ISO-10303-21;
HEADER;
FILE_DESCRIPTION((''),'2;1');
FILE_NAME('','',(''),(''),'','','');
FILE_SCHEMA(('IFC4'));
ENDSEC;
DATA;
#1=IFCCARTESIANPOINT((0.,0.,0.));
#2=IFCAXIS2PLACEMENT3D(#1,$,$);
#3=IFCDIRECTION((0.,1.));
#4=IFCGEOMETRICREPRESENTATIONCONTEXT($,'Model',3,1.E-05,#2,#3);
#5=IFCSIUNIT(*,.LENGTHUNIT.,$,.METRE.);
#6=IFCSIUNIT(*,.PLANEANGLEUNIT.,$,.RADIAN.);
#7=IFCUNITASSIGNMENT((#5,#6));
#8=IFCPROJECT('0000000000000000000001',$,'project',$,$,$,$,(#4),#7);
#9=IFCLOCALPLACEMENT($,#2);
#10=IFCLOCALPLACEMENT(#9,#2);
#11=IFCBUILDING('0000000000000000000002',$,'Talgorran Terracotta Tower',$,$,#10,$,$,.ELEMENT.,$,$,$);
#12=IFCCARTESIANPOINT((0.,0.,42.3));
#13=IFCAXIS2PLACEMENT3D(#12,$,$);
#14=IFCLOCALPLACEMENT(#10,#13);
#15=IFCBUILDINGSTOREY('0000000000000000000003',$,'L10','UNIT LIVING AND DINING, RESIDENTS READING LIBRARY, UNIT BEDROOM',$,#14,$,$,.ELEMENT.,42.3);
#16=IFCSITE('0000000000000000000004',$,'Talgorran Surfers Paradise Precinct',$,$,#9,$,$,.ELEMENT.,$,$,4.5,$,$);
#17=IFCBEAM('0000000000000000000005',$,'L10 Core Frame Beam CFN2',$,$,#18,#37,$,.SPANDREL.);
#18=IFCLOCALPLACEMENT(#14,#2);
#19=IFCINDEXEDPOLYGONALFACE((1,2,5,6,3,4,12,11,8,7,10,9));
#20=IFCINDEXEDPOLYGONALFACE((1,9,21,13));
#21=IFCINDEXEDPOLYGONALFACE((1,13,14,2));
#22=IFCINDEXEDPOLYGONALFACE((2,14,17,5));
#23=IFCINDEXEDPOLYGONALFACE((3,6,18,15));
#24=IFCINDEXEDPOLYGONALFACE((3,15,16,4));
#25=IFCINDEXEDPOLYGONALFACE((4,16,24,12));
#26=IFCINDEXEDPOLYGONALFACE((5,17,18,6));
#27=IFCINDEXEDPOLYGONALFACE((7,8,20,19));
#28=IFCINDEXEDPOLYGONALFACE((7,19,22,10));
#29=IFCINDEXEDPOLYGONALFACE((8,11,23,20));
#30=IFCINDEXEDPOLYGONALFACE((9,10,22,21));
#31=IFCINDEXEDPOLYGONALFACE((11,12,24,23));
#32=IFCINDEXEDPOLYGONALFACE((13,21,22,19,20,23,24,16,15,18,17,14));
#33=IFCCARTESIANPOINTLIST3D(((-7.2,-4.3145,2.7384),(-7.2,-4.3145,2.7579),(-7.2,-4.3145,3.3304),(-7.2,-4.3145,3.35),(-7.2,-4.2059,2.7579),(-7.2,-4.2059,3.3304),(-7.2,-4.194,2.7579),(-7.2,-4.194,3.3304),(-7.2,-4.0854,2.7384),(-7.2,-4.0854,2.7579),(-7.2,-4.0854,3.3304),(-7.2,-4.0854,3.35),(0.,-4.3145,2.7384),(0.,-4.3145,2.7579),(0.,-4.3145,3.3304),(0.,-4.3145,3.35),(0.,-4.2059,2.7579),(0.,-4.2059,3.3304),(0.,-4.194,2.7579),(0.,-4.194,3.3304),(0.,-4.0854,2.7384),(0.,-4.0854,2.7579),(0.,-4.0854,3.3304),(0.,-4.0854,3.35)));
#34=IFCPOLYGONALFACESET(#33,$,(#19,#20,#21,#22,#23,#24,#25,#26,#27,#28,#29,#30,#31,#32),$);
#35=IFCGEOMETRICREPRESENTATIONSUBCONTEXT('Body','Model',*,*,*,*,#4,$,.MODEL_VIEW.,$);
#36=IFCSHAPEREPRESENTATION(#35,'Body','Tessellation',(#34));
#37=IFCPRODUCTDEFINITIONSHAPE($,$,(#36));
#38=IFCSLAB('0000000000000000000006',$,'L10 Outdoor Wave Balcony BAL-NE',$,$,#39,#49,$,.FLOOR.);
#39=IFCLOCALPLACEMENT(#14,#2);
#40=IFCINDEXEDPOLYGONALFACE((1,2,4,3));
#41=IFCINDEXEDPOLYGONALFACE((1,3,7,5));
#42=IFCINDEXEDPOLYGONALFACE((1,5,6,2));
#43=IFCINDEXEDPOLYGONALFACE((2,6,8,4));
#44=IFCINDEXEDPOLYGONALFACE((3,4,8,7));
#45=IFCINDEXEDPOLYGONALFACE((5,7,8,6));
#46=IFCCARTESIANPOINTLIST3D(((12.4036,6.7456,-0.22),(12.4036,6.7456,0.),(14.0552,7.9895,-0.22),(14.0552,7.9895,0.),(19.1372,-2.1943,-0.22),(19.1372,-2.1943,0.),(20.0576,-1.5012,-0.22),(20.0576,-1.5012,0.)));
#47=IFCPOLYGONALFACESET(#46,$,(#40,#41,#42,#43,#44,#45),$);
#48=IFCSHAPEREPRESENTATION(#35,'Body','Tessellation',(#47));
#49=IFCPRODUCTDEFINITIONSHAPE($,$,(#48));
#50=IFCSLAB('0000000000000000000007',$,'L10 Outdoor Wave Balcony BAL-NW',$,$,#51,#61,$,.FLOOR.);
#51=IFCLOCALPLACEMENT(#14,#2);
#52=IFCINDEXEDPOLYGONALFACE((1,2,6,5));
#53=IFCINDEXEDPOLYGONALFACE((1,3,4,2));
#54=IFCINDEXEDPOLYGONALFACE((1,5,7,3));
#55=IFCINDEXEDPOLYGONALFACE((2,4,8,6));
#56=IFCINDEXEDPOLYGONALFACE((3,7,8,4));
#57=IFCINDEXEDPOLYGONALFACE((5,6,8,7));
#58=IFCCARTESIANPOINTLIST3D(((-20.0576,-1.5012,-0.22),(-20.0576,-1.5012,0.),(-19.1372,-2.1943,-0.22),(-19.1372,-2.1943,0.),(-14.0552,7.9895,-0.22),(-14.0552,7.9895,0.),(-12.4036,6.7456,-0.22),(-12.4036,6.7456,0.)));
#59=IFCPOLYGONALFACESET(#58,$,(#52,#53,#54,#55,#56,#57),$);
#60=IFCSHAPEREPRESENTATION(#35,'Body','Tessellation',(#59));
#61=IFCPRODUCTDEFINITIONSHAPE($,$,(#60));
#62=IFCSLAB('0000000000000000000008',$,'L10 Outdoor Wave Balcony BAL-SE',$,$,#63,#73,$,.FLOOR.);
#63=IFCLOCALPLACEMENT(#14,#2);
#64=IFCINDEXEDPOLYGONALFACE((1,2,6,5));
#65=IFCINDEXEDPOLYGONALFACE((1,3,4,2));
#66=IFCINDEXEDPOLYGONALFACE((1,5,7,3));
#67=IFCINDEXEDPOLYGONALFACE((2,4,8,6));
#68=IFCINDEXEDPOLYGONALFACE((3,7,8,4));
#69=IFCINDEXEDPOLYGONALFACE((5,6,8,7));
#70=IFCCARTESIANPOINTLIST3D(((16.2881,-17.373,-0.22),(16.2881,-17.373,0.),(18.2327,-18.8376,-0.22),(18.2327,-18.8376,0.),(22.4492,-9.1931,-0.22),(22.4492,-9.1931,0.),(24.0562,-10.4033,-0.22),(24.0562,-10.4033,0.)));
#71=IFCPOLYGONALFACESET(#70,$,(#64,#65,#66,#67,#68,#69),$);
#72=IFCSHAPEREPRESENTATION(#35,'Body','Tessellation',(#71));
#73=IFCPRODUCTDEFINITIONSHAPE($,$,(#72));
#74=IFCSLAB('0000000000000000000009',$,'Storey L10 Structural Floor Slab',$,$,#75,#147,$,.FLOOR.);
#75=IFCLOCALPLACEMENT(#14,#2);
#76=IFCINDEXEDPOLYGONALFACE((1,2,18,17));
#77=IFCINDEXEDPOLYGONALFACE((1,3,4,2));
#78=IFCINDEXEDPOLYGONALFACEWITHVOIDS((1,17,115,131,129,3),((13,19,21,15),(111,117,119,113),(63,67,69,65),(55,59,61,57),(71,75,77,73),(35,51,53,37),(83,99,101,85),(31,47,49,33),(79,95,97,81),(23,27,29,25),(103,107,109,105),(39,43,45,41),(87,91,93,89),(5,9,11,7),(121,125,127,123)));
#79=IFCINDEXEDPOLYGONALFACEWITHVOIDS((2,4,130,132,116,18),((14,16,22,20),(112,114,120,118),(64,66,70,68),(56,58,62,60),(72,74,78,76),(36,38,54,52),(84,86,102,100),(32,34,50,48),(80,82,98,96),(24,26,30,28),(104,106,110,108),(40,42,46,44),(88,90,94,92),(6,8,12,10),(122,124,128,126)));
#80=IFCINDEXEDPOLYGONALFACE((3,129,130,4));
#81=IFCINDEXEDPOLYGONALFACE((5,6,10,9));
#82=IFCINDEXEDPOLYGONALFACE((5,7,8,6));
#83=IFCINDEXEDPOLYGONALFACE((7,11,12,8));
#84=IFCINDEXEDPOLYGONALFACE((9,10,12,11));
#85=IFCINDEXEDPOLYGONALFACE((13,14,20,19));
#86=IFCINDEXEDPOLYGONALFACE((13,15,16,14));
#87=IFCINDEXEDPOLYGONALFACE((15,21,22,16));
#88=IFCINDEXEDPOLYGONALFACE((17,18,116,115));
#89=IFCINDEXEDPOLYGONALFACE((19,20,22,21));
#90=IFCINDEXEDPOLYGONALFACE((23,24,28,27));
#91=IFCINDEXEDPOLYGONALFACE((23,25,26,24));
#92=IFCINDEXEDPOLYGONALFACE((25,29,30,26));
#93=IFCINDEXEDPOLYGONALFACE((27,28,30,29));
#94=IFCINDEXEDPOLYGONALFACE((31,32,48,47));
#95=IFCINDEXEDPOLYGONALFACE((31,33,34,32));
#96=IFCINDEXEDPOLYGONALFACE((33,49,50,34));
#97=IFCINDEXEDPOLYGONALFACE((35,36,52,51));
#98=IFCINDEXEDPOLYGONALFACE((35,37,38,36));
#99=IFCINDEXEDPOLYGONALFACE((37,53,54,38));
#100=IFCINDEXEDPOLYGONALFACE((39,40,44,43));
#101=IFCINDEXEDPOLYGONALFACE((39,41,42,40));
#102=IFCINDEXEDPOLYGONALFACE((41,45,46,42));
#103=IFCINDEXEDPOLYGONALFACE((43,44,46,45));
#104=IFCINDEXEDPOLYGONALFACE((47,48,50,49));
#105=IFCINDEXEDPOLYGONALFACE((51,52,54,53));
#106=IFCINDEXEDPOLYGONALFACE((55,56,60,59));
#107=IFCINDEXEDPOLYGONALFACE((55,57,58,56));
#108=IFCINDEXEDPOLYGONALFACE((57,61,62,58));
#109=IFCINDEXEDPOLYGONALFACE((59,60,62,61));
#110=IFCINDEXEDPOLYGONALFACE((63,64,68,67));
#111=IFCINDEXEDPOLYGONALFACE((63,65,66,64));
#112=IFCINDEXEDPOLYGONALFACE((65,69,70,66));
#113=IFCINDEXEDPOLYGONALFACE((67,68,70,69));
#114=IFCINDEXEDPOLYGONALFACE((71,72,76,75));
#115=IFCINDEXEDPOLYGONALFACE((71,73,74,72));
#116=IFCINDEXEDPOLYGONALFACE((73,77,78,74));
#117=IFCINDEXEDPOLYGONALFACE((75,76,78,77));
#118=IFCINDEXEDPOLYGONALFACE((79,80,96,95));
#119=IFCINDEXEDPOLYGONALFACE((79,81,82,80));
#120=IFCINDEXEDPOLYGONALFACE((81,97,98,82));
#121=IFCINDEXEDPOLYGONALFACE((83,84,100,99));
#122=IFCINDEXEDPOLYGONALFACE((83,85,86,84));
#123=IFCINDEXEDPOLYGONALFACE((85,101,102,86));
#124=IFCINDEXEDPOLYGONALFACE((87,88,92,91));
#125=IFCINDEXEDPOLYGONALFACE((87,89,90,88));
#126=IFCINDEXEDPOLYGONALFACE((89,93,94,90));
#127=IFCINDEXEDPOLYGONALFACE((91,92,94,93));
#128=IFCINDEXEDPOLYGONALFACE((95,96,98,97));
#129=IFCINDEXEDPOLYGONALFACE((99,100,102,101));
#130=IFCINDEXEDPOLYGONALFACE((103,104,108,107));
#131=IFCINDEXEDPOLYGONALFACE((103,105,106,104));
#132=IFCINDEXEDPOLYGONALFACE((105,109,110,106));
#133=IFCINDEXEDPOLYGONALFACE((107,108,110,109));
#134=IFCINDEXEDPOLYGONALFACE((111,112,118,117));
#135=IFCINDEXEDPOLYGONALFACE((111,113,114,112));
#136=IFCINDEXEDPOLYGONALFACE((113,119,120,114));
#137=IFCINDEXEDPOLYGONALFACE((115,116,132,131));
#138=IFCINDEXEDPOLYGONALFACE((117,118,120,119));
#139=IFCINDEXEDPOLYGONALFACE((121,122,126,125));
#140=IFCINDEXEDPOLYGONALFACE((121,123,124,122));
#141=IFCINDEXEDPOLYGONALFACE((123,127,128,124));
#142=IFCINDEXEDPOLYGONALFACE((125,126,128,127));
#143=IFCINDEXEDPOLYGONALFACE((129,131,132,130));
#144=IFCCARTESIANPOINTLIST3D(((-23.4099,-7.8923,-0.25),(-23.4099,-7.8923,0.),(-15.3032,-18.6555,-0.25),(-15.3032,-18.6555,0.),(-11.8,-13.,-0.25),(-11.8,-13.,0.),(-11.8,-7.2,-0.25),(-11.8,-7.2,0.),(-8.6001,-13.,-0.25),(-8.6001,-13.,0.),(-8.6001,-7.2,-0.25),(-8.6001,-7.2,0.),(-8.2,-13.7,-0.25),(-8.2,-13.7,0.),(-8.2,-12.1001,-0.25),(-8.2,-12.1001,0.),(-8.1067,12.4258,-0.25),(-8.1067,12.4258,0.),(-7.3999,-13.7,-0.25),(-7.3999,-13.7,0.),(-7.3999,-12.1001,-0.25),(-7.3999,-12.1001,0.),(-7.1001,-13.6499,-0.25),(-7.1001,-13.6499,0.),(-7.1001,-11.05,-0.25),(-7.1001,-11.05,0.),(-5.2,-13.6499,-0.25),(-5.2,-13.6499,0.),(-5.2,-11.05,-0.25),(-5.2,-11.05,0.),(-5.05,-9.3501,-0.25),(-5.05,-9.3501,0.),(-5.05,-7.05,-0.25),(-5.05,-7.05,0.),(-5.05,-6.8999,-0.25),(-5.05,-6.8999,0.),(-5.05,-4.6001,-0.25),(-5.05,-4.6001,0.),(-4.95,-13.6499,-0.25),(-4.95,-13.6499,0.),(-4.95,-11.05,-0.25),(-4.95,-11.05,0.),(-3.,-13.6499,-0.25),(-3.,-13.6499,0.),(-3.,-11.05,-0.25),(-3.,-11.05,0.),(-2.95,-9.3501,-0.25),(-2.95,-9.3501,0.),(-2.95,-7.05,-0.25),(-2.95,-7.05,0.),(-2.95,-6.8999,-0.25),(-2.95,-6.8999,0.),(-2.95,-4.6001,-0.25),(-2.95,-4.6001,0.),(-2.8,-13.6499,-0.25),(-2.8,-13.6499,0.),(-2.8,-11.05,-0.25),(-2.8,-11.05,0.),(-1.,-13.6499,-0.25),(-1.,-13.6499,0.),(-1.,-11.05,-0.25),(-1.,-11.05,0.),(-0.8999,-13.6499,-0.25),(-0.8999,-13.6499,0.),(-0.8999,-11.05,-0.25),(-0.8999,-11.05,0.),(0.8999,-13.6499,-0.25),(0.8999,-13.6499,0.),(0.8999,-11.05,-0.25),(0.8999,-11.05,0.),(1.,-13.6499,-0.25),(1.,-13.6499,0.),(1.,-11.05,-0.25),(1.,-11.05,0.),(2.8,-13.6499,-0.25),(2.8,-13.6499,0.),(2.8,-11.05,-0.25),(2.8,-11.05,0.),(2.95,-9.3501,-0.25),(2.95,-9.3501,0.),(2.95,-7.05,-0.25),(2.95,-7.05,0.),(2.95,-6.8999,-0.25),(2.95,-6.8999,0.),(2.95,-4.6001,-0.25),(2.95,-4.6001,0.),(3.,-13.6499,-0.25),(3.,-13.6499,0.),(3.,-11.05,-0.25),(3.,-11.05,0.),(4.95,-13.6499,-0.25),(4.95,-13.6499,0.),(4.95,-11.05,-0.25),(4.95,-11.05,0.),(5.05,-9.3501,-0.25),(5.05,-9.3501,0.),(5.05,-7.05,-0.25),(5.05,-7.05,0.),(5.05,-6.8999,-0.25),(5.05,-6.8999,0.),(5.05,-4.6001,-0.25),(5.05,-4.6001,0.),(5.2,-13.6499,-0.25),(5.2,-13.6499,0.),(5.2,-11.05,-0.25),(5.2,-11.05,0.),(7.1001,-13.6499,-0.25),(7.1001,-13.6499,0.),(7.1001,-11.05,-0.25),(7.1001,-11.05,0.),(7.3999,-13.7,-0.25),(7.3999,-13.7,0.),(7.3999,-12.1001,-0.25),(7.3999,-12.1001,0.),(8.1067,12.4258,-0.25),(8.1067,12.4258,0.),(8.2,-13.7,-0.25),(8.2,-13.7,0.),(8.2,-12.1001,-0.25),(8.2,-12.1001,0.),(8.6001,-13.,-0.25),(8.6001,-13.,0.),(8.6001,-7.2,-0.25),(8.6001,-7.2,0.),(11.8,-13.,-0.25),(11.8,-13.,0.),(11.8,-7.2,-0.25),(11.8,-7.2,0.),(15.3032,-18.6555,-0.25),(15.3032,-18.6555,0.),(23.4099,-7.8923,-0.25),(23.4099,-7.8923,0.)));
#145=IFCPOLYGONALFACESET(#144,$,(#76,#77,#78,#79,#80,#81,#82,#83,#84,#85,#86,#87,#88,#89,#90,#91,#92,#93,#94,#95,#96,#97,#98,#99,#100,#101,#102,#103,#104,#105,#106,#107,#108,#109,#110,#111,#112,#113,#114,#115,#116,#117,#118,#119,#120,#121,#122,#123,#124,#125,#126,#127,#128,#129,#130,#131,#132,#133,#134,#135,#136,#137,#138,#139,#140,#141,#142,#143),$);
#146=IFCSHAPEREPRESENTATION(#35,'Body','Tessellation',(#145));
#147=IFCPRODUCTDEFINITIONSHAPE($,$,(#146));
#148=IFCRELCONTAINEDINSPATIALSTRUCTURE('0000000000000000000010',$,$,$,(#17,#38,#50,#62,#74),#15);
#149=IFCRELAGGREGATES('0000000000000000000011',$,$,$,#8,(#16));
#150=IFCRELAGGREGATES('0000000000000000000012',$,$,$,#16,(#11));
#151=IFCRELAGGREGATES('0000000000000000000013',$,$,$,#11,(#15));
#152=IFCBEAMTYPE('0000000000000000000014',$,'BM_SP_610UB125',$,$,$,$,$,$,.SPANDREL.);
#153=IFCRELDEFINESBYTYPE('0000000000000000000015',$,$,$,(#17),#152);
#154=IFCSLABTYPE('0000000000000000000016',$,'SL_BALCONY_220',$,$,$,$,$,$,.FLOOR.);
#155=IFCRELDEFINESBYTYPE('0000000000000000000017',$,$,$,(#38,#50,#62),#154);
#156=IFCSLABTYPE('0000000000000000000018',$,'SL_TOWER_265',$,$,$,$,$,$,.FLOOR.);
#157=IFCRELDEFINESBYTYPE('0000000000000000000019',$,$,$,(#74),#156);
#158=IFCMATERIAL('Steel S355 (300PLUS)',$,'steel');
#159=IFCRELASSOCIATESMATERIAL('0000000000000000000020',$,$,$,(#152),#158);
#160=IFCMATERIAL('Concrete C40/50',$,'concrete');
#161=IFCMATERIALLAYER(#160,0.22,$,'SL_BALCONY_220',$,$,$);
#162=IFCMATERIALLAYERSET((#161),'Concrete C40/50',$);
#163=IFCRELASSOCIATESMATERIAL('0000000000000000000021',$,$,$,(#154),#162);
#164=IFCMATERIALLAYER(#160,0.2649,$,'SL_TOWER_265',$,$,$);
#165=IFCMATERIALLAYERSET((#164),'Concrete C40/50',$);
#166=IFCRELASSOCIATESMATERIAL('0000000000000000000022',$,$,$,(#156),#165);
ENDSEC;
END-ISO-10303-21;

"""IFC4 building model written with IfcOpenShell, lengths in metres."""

from ifc_helpers import new_model, si_unit, direction, frame, origin, origin_2d, place, context, subcontext, project, spatial, polyline, i_section, outline, extrude, material, layer, layer_set, material_profile, profile_set, type_object, element, save


model = new_model("IFC4")

# Units and contexts
model_context = context("Model", 3, precision=1e-05, world=origin(), true_north=direction((0.0, 1.0)))
body_context = subcontext(model_context, "Body", "Model", "MODEL_VIEW")
ifc_project = project(units=[si_unit("LENGTHUNIT", "METRE"), si_unit("PLANEANGLEUNIT", "RADIAN")], contexts=[model_context])

# Site, building, storey
site_placement = place(None, origin())
site = spatial("IfcSite", under=ifc_project, at=site_placement, Name="Talgorran Surfers Paradise Precinct", CompositionType="ELEMENT", RefElevation=4.5)
building_placement = place(site_placement, origin())
building = spatial("IfcBuilding", under=site, at=building_placement, Name="Talgorran Terracotta Tower", CompositionType="ELEMENT")
storey_placement = place(building_placement, frame((0.0, 0.0, 42.3)))
storey = spatial("IfcBuildingStorey", under=building, at=storey_placement, Name="L10", Description="UNIT LIVING AND DINING, RESIDENTS READING LIBRARY, UNIT BEDROOM", CompositionType="ELEMENT", Elevation=42.3)

# Shared definitions
ifc_material_1 = material(Name="Steel S355 (300PLUS)", Category="steel")

# Beam
ifc_material_profile_1 = material_profile(ifc_material_1, i_section(OverallWidth=0.229, OverallDepth=0.6116, WebThickness=0.012, FlangeThickness=0.0195, at=origin_2d()), Name="610UB125")
ifc_profile_set_1 = profile_set([ifc_material_profile_1], Name="Steel S355 (300PLUS)")
beam_type_1 = type_object("IfcBeamType", Name="BM_SP_610UB125", PredefinedType="SPANDREL", material=ifc_profile_set_1)
beam_1_placement = place(storey_placement, frame((-7.2, -4.2, 3.0442), z_axis=(1.0, 0.0, 0.0), x_axis=(0.0, 1.0, 0.0)))
element("IfcBeam", 1, at=beam_1_placement, inside=storey, type_object=beam_type_1, Name="L10 Core Frame Beam CFN2", PredefinedType="SPANDREL", context=body_context, shape_type="SweptSolid", body=[
    extrude(i_section(OverallWidth=0.229, OverallDepth=0.6116, WebThickness=0.012, FlangeThickness=0.0195, at=origin_2d()), origin(), (0.0, 0.0, 1.0), 7.2),
])

# Slabs
ifc_material_2 = material(Name="Concrete C40/50", Category="concrete")
ifc_layer_1 = layer(ifc_material_2, 0.22, Name="SL_BALCONY_220")
ifc_layer_set_1 = layer_set([ifc_layer_1], Name="Concrete C40/50")
slab_type_1 = type_object("IfcSlabType", Name="SL_BALCONY_220", PredefinedType="FLOOR", material=ifc_layer_set_1)
slab_1_placement = place(storey_placement, frame((0.0, 0.0, -0.22)))
element("IfcSlab", 2, at=slab_1_placement, inside=storey, type_object=slab_type_1, Name="L10 Outdoor Wave Balcony BAL-NE", PredefinedType="FLOOR", context=body_context, shape_type="SweptSolid", body=[
    extrude(outline(polyline([(12.4036, 6.7456), (19.1372, -2.1943), (20.0576, -1.5012), (14.0552, 7.9895), (12.4036, 6.7456)])), origin(), (0.0, 0.0, 1.0), 0.22),
])
slab_2_placement = place(storey_placement, frame((0.0, 0.0, -0.22)))
element("IfcSlab", 3, at=slab_2_placement, inside=storey, type_object=slab_type_1, Name="L10 Outdoor Wave Balcony BAL-NW", PredefinedType="FLOOR", context=body_context, shape_type="SweptSolid", body=[
    extrude(outline(polyline([(-19.1372, -2.1943), (-12.4036, 6.7456), (-14.0552, 7.9895), (-20.0576, -1.5012), (-19.1372, -2.1943)])), origin(), (0.0, 0.0, 1.0), 0.22),
])
slab_3_placement = place(storey_placement, frame((0.0, 0.0, -0.22)))
element("IfcSlab", 4, at=slab_3_placement, inside=storey, type_object=slab_type_1, Name="L10 Outdoor Wave Balcony BAL-SE", PredefinedType="FLOOR", context=body_context, shape_type="SweptSolid", body=[
    extrude(outline(polyline([(22.4492, -9.1931), (16.2881, -17.373), (18.2327, -18.8376), (24.0562, -10.4033), (22.4492, -9.1931)])), origin(), (0.0, 0.0, 1.0), 0.22),
])
ifc_layer_2 = layer(ifc_material_2, 0.2649, Name="SL_TOWER_265")
ifc_layer_set_2 = layer_set([ifc_layer_2], Name="Concrete C40/50")
slab_type_2 = type_object("IfcSlabType", Name="SL_TOWER_265", PredefinedType="FLOOR", material=ifc_layer_set_2)
slab_4_placement = place(storey_placement, frame((0.0, 0.0, -0.25)))
element("IfcSlab", 5, at=slab_4_placement, inside=storey, type_object=slab_type_2, Name="Storey L10 Structural Floor Slab", PredefinedType="FLOOR", context=body_context, shape_type="SweptSolid", body=[
    extrude(outline(polyline([(-23.4099, -7.8923), (-15.3032, -18.6555), (15.3032, -18.6555), (23.4099, -7.8923), (8.1067, 12.4258), (-8.1067, 12.4258), (-23.4099, -7.8923)]), holes=[polyline([(-11.8, -7.2), (-11.8, -13.0), (-8.6001, -13.0), (-8.6001, -7.2), (-11.8, -7.2)]), polyline([(8.6001, -7.2), (8.6001, -13.0), (11.8, -13.0), (11.8, -7.2), (8.6001, -7.2)]), polyline([(-7.1001, -13.6499), (-5.2, -13.6499), (-5.2, -11.05), (-7.1001, -11.05), (-7.1001, -13.6499)]), polyline([(5.2, -13.6499), (7.1001, -13.6499), (7.1001, -11.05), (5.2, -11.05), (5.2, -13.6499)]), polyline([(3.0, -13.6499), (4.95, -13.6499), (4.95, -11.05), (3.0, -11.05), (3.0, -13.6499)]), polyline([(-4.95, -13.6499), (-3.0, -13.6499), (-3.0, -11.05), (-4.95, -11.05), (-4.95, -13.6499)]), polyline([(-5.05, -9.3501), (-2.95, -9.3501), (-2.95, -7.05), (-5.05, -7.05), (-5.05, -9.3501)]), polyline([(-5.05, -6.8999), (-2.95, -6.8999), (-2.95, -4.6001), (-5.05, -4.6001), (-5.05, -6.8999)]), polyline([(2.95, -9.3501), (5.05, -9.3501), (5.05, -7.05), (2.95, -7.05), (2.95, -9.3501)]), polyline([(2.95, -6.8999), (5.05, -6.8999), (5.05, -4.6001), (2.95, -4.6001), (2.95, -6.8999)]), polyline([(-2.8, -13.6499), (-1.0, -13.6499), (-1.0, -11.05), (-2.8, -11.05), (-2.8, -13.6499)]), polyline([(-0.8999, -13.6499), (0.8999, -13.6499), (0.8999, -11.05), (-0.8999, -11.05), (-0.8999, -13.6499)]), polyline([(1.0, -13.6499), (2.8, -13.6499), (2.8, -11.05), (1.0, -11.05), (1.0, -13.6499)]), polyline([(-8.2, -13.7), (-7.3999, -13.7), (-7.3999, -12.1001), (-8.2, -12.1001), (-8.2, -13.7)]), polyline([(7.3999, -13.7), (8.2, -13.7), (8.2, -12.1001), (7.3999, -12.1001), (7.3999, -13.7)])]), origin(), (0.0, 0.0, 1.0), 0.25),
])

save(model, "model.ifc")
